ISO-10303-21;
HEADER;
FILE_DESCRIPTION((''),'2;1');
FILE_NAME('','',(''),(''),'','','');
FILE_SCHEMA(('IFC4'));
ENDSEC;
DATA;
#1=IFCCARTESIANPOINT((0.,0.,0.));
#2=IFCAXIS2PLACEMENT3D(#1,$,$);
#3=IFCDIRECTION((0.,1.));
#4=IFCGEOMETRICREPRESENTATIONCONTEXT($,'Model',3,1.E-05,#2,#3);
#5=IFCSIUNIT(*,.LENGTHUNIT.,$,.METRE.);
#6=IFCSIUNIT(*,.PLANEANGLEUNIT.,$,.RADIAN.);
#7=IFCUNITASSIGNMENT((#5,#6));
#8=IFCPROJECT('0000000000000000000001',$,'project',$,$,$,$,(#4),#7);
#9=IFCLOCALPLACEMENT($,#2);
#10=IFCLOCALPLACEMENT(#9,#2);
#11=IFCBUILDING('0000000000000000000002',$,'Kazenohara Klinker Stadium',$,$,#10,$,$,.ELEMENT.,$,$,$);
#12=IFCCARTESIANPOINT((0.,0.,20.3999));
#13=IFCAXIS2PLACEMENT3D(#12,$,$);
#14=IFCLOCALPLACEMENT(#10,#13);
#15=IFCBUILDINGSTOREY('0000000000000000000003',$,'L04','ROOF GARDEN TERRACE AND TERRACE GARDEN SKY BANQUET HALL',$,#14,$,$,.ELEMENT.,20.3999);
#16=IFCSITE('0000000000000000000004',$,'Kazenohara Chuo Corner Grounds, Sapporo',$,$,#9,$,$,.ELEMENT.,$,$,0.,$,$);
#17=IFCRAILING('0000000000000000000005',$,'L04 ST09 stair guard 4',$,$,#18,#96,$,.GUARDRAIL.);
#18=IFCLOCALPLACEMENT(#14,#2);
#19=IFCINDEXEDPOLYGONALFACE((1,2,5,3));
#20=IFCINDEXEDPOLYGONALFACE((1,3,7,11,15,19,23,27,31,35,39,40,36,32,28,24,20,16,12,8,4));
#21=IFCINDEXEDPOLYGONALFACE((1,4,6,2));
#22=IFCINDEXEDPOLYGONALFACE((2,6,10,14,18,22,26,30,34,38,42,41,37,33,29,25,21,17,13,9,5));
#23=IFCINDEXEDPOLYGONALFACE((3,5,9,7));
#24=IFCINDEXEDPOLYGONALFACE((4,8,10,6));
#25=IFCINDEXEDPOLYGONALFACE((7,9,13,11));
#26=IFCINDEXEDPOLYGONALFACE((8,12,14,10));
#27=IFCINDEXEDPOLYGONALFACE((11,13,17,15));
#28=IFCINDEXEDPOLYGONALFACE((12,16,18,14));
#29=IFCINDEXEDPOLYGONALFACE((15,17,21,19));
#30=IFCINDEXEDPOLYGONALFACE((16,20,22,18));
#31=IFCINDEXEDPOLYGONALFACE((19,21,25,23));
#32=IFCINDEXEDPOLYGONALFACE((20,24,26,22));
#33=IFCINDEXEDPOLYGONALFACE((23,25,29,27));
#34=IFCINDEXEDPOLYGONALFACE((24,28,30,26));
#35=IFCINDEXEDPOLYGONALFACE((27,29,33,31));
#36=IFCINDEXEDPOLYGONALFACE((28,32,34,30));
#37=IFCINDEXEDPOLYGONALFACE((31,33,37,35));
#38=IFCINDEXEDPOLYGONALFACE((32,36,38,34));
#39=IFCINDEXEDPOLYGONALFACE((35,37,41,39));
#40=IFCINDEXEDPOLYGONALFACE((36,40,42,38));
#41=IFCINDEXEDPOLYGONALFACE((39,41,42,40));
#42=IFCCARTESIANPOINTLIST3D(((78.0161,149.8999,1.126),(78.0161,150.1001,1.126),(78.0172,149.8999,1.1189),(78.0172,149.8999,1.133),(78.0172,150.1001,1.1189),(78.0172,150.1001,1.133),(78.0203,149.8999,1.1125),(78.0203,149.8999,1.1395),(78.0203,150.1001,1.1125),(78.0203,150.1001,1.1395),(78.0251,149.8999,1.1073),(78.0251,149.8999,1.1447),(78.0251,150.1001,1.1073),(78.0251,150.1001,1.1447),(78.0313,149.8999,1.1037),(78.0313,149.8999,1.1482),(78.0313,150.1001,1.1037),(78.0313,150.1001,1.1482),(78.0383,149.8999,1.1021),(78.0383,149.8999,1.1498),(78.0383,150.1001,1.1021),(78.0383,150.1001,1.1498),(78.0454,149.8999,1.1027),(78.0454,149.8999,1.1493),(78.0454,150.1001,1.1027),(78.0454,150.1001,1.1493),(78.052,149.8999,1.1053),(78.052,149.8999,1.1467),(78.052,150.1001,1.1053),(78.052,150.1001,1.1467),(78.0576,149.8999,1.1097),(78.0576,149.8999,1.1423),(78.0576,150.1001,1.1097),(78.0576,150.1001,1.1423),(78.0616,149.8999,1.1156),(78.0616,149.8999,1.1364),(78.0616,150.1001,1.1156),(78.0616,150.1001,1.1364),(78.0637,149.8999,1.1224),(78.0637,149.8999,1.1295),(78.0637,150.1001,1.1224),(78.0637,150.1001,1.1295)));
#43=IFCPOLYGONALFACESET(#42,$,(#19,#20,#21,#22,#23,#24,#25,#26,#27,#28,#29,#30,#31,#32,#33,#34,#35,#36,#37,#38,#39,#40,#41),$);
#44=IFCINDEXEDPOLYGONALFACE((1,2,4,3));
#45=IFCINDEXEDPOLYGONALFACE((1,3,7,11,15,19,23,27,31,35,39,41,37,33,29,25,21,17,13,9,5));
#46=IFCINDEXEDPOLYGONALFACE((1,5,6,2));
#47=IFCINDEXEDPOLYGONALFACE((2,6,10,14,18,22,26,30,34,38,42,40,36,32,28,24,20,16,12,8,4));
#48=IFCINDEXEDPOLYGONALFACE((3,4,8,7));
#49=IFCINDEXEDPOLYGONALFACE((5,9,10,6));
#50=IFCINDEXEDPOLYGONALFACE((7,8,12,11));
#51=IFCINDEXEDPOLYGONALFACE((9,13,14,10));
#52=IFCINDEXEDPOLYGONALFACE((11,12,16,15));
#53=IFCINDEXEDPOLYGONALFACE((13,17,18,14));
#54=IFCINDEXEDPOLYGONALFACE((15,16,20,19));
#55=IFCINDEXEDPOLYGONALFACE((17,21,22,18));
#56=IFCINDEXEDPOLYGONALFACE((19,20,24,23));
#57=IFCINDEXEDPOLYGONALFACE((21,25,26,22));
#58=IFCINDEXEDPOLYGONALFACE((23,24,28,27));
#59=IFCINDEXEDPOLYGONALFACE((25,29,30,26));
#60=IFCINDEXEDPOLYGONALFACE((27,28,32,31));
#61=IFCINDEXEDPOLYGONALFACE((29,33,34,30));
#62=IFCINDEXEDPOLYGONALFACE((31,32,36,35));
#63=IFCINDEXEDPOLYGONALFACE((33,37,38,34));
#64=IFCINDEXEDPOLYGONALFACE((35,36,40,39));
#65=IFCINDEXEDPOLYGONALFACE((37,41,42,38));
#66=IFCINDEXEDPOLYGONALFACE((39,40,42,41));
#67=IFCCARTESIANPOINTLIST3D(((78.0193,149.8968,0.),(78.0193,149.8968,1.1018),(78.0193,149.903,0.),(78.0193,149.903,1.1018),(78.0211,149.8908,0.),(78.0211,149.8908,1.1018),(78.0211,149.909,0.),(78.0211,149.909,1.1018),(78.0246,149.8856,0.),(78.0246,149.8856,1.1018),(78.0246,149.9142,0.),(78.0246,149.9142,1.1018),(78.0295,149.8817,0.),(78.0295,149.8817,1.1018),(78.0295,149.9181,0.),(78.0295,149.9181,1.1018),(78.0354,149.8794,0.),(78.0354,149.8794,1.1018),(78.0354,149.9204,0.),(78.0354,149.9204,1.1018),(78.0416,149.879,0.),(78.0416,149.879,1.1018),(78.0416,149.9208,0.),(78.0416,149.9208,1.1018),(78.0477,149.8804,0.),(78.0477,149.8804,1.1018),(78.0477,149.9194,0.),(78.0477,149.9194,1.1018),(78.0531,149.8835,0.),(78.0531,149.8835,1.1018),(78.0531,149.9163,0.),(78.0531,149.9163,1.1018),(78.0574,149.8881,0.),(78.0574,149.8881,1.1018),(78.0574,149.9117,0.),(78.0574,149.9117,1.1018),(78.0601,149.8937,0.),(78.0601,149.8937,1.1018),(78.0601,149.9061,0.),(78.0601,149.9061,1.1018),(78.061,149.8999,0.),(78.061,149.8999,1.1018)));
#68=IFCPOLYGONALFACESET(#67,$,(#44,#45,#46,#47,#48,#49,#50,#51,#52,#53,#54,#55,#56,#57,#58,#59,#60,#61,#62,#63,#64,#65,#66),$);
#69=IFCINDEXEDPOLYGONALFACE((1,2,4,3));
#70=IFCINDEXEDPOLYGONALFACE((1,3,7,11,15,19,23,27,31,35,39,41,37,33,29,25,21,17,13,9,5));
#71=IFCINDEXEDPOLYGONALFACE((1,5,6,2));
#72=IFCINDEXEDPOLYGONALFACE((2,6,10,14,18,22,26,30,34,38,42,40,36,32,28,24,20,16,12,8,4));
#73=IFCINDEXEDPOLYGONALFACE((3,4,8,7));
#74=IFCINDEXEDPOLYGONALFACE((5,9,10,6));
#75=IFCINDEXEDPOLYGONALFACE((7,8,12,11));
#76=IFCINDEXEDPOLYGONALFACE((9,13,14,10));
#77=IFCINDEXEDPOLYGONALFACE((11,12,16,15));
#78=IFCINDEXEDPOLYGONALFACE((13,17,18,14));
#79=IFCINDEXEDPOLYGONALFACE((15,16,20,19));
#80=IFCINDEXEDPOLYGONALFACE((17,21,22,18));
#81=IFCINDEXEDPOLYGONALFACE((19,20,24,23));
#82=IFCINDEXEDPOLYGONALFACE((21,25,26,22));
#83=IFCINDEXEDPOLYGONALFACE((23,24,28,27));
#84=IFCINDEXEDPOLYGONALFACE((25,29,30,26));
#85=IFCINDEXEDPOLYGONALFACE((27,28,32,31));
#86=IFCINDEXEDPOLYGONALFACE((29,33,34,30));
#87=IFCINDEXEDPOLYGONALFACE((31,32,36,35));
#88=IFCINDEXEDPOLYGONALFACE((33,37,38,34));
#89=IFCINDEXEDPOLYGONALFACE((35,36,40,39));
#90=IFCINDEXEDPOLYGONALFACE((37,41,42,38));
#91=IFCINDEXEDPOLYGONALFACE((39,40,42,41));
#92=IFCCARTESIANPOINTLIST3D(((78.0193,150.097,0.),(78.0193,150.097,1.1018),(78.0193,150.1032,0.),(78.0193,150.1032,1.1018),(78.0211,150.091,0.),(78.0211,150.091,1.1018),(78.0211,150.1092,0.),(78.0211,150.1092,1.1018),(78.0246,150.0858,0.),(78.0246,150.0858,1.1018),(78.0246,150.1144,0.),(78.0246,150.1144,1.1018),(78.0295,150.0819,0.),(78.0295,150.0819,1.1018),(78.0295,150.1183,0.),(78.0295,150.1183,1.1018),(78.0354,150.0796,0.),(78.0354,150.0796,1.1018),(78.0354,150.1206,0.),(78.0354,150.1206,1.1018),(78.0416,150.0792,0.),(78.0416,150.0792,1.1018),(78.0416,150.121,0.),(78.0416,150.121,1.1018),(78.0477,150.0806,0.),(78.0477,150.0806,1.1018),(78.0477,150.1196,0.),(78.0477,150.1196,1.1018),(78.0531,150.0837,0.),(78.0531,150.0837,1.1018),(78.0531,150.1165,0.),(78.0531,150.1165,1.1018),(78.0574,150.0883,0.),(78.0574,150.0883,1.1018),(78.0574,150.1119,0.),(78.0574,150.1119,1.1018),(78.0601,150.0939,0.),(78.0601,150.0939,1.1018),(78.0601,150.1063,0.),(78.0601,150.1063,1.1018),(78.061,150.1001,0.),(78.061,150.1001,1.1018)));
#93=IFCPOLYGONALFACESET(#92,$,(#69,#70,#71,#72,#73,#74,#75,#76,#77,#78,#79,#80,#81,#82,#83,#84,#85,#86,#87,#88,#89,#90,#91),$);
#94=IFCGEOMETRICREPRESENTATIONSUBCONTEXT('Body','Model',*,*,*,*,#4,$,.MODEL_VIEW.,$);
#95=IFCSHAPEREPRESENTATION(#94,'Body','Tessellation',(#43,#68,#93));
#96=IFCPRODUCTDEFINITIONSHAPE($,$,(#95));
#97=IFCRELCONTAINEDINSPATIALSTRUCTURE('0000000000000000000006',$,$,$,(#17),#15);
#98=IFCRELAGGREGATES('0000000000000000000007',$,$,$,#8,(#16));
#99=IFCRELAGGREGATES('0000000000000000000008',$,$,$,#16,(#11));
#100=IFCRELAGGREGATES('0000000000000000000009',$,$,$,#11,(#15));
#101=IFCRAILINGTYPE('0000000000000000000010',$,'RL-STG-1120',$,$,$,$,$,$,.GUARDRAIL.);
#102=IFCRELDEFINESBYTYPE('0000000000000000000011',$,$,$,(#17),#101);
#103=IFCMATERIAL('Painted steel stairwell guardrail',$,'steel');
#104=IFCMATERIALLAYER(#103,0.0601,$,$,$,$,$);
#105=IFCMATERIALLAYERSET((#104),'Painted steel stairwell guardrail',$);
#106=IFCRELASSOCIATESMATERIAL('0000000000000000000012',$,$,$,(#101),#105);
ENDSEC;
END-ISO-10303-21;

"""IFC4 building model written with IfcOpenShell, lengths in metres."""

from ifc_helpers import new_model, si_unit, direction, frame, origin, origin_2d, place, context, subcontext, project, spatial, circle, extrude, material, layer, layer_set, type_object, element, save


model = new_model("IFC4")

# Units and contexts
model_context = context("Model", 3, precision=1e-05, world=origin(), true_north=direction((0.0, 1.0)))
body_context = subcontext(model_context, "Body", "Model", "MODEL_VIEW")
ifc_project = project(units=[si_unit("LENGTHUNIT", "METRE"), si_unit("PLANEANGLEUNIT", "RADIAN")], contexts=[model_context])

# Site, building, storey
site_placement = place(None, origin())
site = spatial("IfcSite", under=ifc_project, at=site_placement, Name="Kazenohara Chuo Corner Grounds, Sapporo", CompositionType="ELEMENT", RefElevation=0.0)
building_placement = place(site_placement, origin())
building = spatial("IfcBuilding", under=site, at=building_placement, Name="Kazenohara Klinker Stadium", CompositionType="ELEMENT")
storey_placement = place(building_placement, frame((0.0, 0.0, 20.3999)))
storey = spatial("IfcBuildingStorey", under=building, at=storey_placement, Name="L04", Description="ROOF GARDEN TERRACE AND TERRACE GARDEN SKY BANQUET HALL", CompositionType="ELEMENT", Elevation=20.3999)

# Railing
ifc_material_1 = material(Name="Painted steel stairwell guardrail", Category="steel")
ifc_layer_1 = layer(ifc_material_1, 0.0601)
ifc_layer_set_1 = layer_set([ifc_layer_1], Name="Painted steel stairwell guardrail")
railing_type_1 = type_object("IfcRailingType", Name="RL-STG-1120", PredefinedType="GUARDRAIL", material=ifc_layer_set_1)
railing_1_placement = place(storey_placement, frame((78.04, 149.8999, 0.0)))
element("IfcRailing", 1, at=railing_1_placement, inside=storey, type_object=railing_type_1, Name="L04 ST09 stair guard 4", PredefinedType="GUARDRAIL", context=body_context, shape_type="SweptSolid", body=[
    extrude(circle(Radius=0.0239, at=origin_2d()), frame((0.0, 0.0, 1.126), z_axis=(0.0, 1.0, 0.0), x_axis=(-1.0, 0.0, 0.0)), (0.0, 0.0, 1.0), 0.2002),
    extrude(circle(Radius=0.021, at=origin_2d()), origin(), (0.0, 0.0, 1.0), 1.1018),
    extrude(circle(Radius=0.021, at=origin_2d()), frame((0.0, 0.2002, 0.0)), (0.0, 0.0, 1.0), 1.1018),
])

save(model, "model.ifc")
